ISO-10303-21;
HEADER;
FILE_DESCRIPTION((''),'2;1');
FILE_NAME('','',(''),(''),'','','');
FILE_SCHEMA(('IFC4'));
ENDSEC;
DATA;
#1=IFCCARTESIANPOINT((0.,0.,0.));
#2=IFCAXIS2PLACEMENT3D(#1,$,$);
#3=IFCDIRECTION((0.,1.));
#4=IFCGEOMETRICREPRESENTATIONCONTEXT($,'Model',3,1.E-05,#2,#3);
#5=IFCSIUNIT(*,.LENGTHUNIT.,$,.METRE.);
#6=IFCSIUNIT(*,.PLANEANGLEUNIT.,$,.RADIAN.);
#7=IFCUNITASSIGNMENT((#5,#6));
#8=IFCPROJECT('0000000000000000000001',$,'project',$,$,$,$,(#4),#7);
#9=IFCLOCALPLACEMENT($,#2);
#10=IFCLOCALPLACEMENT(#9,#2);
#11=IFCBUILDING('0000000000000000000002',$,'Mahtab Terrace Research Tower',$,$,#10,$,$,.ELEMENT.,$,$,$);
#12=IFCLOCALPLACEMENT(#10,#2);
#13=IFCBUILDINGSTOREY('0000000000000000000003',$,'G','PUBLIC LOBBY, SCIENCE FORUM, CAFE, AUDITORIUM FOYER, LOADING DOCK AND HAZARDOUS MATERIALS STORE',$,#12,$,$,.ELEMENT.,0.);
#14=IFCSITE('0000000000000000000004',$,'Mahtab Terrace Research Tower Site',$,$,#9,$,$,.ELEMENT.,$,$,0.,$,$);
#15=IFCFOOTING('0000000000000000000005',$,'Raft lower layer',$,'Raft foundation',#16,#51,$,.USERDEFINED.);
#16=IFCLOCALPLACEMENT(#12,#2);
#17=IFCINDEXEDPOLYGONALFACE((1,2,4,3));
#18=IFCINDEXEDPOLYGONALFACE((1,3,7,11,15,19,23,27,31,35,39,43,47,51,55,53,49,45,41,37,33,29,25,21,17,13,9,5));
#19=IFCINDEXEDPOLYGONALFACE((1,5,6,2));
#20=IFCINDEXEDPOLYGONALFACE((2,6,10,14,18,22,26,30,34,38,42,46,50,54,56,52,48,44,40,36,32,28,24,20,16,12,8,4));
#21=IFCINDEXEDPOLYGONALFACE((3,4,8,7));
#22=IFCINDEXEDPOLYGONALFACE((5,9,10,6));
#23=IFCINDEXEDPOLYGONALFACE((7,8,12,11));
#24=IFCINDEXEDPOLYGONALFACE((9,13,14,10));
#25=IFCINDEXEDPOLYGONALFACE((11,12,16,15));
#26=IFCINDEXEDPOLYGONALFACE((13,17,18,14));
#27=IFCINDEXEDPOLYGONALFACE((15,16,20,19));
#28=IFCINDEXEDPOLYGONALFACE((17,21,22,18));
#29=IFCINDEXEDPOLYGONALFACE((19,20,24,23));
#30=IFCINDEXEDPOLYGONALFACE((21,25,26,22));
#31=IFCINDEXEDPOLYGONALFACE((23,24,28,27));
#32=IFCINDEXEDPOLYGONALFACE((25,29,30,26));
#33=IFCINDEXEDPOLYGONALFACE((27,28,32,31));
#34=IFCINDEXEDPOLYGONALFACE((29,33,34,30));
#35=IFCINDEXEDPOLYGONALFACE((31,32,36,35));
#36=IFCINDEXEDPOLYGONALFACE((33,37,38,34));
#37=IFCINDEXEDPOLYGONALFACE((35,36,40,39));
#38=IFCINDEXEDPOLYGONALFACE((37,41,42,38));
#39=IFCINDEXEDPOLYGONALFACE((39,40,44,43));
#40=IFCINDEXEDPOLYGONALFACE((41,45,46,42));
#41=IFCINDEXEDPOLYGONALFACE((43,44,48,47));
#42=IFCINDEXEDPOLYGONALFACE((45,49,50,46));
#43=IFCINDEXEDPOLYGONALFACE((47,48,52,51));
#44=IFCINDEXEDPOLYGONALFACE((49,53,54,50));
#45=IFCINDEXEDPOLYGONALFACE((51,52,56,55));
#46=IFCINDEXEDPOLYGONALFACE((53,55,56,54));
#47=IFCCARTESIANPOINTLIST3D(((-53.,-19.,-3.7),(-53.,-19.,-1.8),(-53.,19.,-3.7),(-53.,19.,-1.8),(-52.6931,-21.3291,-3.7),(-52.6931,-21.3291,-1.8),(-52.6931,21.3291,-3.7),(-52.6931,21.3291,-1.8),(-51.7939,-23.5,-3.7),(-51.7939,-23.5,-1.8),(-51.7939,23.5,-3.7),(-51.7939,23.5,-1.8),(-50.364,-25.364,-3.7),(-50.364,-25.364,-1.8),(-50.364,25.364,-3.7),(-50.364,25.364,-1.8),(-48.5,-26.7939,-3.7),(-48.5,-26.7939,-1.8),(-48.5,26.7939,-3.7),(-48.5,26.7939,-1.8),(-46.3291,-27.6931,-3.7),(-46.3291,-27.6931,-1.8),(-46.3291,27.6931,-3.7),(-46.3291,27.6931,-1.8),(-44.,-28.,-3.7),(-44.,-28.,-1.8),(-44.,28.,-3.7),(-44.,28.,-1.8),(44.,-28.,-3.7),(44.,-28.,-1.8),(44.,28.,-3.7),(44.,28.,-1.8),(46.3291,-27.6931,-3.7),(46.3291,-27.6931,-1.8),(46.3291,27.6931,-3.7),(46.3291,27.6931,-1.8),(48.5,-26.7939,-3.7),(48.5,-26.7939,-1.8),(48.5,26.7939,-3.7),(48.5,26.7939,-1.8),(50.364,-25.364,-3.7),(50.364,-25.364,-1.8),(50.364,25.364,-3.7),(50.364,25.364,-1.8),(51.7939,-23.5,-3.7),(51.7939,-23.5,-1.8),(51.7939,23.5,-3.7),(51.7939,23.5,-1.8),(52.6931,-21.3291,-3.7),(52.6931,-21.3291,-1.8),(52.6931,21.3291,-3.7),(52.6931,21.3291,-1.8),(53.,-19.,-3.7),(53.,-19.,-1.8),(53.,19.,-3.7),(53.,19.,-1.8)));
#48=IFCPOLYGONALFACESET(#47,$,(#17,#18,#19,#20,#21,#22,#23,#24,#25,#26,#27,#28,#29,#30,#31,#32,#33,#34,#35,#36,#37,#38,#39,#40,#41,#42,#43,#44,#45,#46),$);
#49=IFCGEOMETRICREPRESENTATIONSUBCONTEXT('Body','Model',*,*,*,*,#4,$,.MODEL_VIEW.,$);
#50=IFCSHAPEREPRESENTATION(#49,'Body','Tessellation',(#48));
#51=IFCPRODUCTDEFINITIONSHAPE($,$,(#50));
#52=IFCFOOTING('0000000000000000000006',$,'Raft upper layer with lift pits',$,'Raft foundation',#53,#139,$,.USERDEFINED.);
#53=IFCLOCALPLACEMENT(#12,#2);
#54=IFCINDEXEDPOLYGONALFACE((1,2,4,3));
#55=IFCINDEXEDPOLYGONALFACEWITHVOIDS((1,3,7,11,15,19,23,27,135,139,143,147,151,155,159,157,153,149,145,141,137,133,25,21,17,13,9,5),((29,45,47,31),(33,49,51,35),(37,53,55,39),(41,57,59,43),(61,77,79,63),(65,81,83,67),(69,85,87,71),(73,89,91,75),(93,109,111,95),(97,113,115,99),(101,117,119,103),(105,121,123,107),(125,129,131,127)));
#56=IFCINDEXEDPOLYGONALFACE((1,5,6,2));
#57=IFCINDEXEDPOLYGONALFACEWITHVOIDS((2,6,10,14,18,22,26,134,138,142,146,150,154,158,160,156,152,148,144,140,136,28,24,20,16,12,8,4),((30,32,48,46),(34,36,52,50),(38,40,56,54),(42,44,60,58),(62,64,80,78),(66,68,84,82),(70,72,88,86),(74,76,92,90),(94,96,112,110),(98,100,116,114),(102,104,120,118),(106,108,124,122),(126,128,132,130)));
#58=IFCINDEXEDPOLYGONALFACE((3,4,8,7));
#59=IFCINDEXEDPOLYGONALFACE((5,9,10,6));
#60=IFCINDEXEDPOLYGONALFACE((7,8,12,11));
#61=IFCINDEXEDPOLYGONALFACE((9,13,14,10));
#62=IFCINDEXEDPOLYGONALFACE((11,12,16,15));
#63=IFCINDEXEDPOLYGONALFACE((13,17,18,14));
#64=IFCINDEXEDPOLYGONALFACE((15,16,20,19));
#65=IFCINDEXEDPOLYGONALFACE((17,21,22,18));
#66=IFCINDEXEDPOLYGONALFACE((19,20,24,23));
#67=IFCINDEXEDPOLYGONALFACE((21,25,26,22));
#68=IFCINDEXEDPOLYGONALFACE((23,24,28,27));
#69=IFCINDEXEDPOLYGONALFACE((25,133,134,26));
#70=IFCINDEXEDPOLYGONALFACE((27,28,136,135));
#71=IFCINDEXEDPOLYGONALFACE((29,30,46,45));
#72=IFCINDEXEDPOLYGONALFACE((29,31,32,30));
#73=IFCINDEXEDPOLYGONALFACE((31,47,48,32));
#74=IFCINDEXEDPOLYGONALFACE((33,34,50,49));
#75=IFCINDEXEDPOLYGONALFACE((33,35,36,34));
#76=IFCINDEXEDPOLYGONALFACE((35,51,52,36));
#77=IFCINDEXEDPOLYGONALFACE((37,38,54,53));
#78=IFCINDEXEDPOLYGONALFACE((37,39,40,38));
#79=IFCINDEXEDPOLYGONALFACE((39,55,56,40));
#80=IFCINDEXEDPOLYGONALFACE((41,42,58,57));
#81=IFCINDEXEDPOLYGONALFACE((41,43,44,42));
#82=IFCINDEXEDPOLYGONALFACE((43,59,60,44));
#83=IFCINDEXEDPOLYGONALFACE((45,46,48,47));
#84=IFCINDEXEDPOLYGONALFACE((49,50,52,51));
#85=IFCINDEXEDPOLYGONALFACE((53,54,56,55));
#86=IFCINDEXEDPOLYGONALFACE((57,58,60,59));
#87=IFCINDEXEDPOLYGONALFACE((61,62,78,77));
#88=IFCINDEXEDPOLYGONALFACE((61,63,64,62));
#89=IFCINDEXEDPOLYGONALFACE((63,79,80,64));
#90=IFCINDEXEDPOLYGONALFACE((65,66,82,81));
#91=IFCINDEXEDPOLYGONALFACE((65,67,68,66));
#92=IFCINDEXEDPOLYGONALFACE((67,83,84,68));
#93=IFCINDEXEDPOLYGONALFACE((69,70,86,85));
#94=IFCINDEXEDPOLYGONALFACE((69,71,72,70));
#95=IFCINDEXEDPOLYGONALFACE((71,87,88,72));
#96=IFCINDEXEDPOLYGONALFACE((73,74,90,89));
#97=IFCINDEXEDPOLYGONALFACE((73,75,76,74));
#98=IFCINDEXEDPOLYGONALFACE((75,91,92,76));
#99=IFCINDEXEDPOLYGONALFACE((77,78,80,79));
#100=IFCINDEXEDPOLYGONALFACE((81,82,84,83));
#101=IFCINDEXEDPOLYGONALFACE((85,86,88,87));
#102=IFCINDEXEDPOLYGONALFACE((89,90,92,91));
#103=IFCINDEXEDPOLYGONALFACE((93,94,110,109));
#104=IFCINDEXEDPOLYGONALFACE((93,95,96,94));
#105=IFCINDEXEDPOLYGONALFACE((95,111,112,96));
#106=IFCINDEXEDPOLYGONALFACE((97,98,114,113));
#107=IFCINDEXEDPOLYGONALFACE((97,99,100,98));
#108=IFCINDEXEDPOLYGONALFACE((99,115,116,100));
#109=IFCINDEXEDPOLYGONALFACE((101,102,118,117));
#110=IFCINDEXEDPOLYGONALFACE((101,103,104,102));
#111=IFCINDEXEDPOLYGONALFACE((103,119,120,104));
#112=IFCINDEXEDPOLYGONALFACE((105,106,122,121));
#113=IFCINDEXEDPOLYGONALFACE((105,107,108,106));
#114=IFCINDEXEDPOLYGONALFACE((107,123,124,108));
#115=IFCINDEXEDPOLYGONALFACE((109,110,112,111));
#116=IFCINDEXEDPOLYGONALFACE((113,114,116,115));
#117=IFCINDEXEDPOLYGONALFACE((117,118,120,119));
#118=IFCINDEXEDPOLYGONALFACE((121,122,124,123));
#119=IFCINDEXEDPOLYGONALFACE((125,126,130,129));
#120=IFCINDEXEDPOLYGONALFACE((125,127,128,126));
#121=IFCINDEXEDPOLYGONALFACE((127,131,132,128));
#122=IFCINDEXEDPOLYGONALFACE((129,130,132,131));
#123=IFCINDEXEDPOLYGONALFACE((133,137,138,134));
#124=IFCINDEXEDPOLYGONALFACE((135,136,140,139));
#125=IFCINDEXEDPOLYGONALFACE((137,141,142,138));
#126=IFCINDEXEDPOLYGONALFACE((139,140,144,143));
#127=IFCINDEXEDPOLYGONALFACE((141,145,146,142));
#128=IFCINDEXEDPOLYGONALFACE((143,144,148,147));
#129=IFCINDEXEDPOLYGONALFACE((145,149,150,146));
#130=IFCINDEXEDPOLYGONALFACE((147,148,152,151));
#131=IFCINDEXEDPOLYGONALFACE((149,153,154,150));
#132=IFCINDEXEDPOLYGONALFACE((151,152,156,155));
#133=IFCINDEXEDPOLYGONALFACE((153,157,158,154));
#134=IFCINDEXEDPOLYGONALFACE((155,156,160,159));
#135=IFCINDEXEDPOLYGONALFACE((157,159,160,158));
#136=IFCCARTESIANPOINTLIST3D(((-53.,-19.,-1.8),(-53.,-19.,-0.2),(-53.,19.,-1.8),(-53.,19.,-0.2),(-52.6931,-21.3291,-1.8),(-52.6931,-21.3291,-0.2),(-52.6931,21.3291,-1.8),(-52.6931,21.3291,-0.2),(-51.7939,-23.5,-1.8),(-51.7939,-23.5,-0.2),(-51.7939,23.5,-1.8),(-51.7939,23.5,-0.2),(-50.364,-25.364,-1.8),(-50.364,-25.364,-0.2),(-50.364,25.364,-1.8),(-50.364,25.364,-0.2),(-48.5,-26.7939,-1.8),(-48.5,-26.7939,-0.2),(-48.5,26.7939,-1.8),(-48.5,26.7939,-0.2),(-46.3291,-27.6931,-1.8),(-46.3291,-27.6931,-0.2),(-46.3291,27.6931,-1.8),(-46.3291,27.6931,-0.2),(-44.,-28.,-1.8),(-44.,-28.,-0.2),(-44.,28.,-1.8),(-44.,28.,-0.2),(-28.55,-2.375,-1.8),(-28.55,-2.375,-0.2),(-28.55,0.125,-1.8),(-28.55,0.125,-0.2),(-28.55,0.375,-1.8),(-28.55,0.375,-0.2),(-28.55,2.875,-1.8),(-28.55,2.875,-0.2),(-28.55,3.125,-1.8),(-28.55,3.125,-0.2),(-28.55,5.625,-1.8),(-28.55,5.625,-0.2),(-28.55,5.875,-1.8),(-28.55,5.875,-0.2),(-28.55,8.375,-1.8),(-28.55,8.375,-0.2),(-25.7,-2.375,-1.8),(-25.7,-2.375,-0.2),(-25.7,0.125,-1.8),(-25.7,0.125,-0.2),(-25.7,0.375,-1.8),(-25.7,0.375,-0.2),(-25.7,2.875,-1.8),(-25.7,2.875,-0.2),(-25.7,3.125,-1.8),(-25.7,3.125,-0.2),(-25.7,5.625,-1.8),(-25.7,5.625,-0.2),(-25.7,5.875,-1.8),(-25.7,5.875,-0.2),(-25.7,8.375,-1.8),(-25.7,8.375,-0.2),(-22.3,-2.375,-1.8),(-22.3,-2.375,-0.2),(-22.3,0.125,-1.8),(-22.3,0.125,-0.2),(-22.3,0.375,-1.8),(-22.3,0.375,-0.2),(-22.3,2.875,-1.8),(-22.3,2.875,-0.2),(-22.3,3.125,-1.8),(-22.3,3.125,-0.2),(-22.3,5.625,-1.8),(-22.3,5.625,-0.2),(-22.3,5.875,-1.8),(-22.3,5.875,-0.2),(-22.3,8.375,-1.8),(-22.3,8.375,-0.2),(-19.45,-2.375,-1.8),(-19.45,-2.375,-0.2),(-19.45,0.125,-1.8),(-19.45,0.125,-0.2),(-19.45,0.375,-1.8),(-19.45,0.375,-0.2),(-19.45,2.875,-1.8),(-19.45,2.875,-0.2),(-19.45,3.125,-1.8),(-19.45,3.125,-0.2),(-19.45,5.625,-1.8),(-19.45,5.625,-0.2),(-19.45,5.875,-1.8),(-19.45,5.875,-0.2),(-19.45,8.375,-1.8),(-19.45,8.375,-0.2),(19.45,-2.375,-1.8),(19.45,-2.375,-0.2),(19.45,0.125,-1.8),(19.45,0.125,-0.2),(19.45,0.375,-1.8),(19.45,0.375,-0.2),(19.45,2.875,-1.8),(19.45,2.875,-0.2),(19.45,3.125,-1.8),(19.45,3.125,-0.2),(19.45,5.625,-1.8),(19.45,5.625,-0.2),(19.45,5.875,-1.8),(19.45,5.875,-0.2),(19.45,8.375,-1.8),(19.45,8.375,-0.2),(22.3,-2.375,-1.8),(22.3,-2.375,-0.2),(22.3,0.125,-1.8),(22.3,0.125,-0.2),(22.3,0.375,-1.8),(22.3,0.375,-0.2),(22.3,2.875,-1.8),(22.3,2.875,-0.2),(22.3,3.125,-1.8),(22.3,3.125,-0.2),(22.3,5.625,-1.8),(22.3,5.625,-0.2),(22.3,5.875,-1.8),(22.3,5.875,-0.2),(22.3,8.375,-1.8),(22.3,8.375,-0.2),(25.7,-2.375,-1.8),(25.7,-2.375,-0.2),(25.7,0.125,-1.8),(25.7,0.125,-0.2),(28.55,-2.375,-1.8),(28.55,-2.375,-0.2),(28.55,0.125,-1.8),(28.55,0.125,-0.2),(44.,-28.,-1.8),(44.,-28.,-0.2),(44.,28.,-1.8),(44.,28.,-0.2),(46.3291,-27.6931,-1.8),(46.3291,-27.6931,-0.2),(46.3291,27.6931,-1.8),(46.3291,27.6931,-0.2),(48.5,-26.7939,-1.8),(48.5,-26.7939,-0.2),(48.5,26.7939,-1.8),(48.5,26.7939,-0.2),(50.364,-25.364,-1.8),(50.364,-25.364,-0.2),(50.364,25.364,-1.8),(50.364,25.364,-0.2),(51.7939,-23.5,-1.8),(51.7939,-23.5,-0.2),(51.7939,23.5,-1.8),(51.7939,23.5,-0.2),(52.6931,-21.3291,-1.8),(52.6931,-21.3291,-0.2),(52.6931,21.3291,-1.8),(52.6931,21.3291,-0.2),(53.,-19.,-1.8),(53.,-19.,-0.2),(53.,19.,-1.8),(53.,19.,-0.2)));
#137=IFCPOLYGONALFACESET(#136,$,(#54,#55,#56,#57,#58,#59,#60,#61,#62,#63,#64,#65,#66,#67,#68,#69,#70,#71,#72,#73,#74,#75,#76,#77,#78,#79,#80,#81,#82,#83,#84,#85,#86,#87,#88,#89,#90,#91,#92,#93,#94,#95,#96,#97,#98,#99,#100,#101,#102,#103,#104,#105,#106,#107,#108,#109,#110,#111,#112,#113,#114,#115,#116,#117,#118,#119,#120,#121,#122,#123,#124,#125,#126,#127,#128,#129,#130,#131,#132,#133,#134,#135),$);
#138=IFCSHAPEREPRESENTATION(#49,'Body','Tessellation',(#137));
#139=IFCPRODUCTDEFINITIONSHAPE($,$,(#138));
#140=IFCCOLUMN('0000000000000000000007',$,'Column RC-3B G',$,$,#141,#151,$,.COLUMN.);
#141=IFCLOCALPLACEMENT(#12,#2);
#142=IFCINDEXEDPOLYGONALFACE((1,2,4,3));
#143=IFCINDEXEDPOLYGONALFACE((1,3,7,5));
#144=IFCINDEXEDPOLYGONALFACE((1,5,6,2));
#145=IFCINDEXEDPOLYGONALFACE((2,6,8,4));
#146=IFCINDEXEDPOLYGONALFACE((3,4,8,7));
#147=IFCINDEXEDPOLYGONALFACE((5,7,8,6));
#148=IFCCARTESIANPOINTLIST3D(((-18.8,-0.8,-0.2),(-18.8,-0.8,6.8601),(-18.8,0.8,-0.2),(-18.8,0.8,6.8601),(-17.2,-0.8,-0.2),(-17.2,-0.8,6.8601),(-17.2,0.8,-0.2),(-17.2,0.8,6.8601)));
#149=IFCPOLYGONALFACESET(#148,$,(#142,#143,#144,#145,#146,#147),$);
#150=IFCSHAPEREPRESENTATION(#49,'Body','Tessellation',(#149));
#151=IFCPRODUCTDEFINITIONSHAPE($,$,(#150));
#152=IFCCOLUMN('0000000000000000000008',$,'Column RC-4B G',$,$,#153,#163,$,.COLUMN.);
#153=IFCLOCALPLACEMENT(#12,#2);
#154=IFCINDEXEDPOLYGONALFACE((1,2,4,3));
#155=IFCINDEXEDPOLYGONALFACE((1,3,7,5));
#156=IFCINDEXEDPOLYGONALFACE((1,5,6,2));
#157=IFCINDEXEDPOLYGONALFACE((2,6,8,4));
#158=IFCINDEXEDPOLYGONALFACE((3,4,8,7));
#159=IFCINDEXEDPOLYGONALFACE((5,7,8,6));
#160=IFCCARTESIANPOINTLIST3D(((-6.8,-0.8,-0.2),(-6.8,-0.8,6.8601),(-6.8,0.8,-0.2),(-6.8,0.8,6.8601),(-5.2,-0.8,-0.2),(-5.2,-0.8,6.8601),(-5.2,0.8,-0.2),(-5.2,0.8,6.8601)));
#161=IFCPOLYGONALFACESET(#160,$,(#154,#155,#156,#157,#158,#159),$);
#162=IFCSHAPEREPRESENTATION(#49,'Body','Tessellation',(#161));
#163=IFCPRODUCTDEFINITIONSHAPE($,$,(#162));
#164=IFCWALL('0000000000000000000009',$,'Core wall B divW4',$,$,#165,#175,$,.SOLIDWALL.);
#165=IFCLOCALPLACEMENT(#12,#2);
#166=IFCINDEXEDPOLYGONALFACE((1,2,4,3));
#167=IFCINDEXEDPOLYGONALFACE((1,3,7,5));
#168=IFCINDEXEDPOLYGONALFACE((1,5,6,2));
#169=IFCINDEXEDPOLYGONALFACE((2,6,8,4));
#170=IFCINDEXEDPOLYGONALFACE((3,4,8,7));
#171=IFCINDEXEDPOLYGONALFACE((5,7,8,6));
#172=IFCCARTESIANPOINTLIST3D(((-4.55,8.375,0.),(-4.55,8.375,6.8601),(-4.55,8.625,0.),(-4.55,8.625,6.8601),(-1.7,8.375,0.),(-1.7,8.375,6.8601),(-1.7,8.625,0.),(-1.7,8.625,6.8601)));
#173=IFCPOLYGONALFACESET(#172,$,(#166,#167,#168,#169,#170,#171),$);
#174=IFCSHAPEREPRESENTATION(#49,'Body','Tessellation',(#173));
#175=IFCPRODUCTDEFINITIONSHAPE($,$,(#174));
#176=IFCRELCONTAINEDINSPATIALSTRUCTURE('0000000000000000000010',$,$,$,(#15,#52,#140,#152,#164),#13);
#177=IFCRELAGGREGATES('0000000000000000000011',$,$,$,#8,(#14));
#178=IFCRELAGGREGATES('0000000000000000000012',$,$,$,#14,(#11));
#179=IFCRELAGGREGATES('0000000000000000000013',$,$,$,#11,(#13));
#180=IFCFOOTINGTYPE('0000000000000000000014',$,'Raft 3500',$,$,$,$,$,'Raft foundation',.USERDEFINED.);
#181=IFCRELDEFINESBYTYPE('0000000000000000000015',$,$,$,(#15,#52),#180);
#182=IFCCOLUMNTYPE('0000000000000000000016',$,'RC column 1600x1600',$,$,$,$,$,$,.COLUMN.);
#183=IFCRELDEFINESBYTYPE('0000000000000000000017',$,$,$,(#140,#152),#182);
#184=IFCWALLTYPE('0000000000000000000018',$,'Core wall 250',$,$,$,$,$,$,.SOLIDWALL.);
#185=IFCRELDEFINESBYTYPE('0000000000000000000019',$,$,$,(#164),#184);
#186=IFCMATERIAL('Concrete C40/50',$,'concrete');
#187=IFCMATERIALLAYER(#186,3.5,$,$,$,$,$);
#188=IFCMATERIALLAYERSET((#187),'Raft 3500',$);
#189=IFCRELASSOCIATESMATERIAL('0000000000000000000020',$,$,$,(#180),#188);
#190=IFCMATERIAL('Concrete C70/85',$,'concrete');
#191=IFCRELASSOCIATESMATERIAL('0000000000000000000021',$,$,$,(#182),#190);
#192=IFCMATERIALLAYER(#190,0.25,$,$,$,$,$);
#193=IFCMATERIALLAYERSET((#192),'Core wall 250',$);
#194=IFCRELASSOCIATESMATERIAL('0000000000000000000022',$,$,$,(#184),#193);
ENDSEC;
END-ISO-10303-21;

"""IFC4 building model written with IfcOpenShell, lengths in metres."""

from ifc_helpers import new_model, si_unit, direction, frame, frame_2d, origin, origin_2d, place, context, subcontext, project, spatial, polyline, rectangle, outline, extrude, material, layer, layer_set, material_profile, profile_set, type_object, element, save


model = new_model("IFC4")

# Units and contexts
model_context = context("Model", 3, precision=1e-05, world=origin(), true_north=direction((0.0, 1.0)))
body_context = subcontext(model_context, "Body", "Model", "MODEL_VIEW")
ifc_project = project(units=[si_unit("LENGTHUNIT", "METRE"), si_unit("PLANEANGLEUNIT", "RADIAN")], contexts=[model_context])

# Site, building, storey
site_placement = place(None, origin())
site = spatial("IfcSite", under=ifc_project, at=site_placement, Name="Mahtab Terrace Research Tower Site", CompositionType="ELEMENT", RefElevation=0.0)
building_placement = place(site_placement, origin())
building = spatial("IfcBuilding", under=site, at=building_placement, Name="Mahtab Terrace Research Tower", CompositionType="ELEMENT")
storey_placement = place(building_placement, origin())
storey = spatial("IfcBuildingStorey", under=building, at=storey_placement, Name="G", Description="PUBLIC LOBBY, SCIENCE FORUM, CAFE, AUDITORIUM FOYER, LOADING DOCK AND HAZARDOUS MATERIALS STORE", CompositionType="ELEMENT", Elevation=0.0)

# Shared definitions
ifc_material_1 = material(Name="Concrete C40/50", Category="concrete")

# Footings
ifc_layer_1 = layer(ifc_material_1, 3.5)
ifc_layer_set_1 = layer_set([ifc_layer_1], Name="Raft 3500")
footing_type_1 = type_object("IfcFootingType", Name="Raft 3500", ElementType="Raft foundation", PredefinedType="USERDEFINED", material=ifc_layer_set_1)
footing_1_placement = place(storey_placement, frame((0.0, 0.0, -3.7)))
element("IfcFooting", 1, at=footing_1_placement, inside=storey, type_object=footing_type_1, Name="Raft lower layer", ObjectType="Raft foundation", PredefinedType="USERDEFINED", context=body_context, shape_type="SweptSolid", body=[
    extrude(outline(polyline([(52.6931, 21.3291), (51.7939, 23.5), (50.364, 25.364), (48.5, 26.7939), (46.3291, 27.6931), (44.0, 28.0), (-44.0, 28.0), (-46.3291, 27.6931), (-48.5, 26.7939), (-50.364, 25.364), (-51.7939, 23.5), (-52.6931, 21.3291), (-53.0, 19.0), (-53.0, -19.0), (-52.6931, -21.3291), (-51.7939, -23.5), (-50.364, -25.364), (-48.5, -26.7939), (-46.3291, -27.6931), (-44.0, -28.0), (44.0, -28.0), (46.3291, -27.6931), (48.5, -26.7939), (50.364, -25.364), (51.7939, -23.5), (52.6931, -21.3291), (53.0, -19.0), (53.0, 19.0), (52.6931, 21.3291)])), origin(), (0.0, 0.0, 1.0), 1.8999),
])
footing_2_placement = place(storey_placement, frame((0.0, 0.0, -1.8)))
element("IfcFooting", 2, at=footing_2_placement, inside=storey, type_object=footing_type_1, Name="Raft upper layer with lift pits", ObjectType="Raft foundation", PredefinedType="USERDEFINED", context=body_context, shape_type="SweptSolid", body=[
    extrude(outline(polyline([(52.6931, 21.3291), (51.7939, 23.5), (50.364, 25.364), (48.5, 26.7939), (46.3291, 27.6931), (44.0, 28.0), (-44.0, 28.0), (-46.3291, 27.6931), (-48.5, 26.7939), (-50.364, 25.364), (-51.7939, 23.5), (-52.6931, 21.3291), (-53.0, 19.0), (-53.0, -19.0), (-52.6931, -21.3291), (-51.7939, -23.5), (-50.364, -25.364), (-48.5, -26.7939), (-46.3291, -27.6931), (-44.0, -28.0), (44.0, -28.0), (46.3291, -27.6931), (48.5, -26.7939), (50.364, -25.364), (51.7939, -23.5), (52.6931, -21.3291), (53.0, -19.0), (53.0, 19.0), (52.6931, 21.3291)]), holes=[polyline([(-28.55, -2.375), (-25.7, -2.375), (-25.7, 0.125), (-28.55, 0.125), (-28.55, -2.375)]), polyline([(-28.55, 0.375), (-25.7, 0.375), (-25.7, 2.875), (-28.55, 2.875), (-28.55, 0.375)]), polyline([(-28.55, 3.125), (-25.7, 3.125), (-25.7, 5.625), (-28.55, 5.625), (-28.55, 3.125)]), polyline([(-28.55, 5.875), (-25.7, 5.875), (-25.7, 8.375), (-28.55, 8.375), (-28.55, 5.875)]), polyline([(-22.3, -2.375), (-19.45, -2.375), (-19.45, 0.125), (-22.3, 0.125), (-22.3, -2.375)]), polyline([(-22.3, 0.375), (-19.45, 0.375), (-19.45, 2.875), (-22.3, 2.875), (-22.3, 0.375)]), polyline([(-22.3, 3.125), (-19.45, 3.125), (-19.45, 5.625), (-22.3, 5.625), (-22.3, 3.125)]), polyline([(-22.3, 5.875), (-19.45, 5.875), (-19.45, 8.375), (-22.3, 8.375), (-22.3, 5.875)]), polyline([(19.45, -2.375), (22.3, -2.375), (22.3, 0.125), (19.45, 0.125), (19.45, -2.375)]), polyline([(19.45, 0.375), (22.3, 0.375), (22.3, 2.875), (19.45, 2.875), (19.45, 0.375)]), polyline([(19.45, 3.125), (22.3, 3.125), (22.3, 5.625), (19.45, 5.625), (19.45, 3.125)]), polyline([(19.45, 5.875), (22.3, 5.875), (22.3, 8.375), (19.45, 8.375), (19.45, 5.875)]), polyline([(25.7, -2.375), (28.55, -2.375), (28.55, 0.125), (25.7, 0.125), (25.7, -2.375)])]), origin(), (0.0, 0.0, 1.0), 1.6001),
])

# Columns
ifc_material_2 = material(Name="Concrete C70/85", Category="concrete")
ifc_material_profile_1 = material_profile(ifc_material_2, rectangle(XDim=1.6001, YDim=1.6001, at=origin_2d()), Name="RC column 1600x1600")
ifc_profile_set_1 = profile_set([ifc_material_profile_1], Name="Concrete C70/85")
column_type = type_object("IfcColumnType", Name="RC column 1600x1600", PredefinedType="COLUMN", material=ifc_profile_set_1)
for number, where, z_axis, x_axis, name in (
    (3, (-18.0, 0.0, -0.2), (0.0, 0.0, 1.0), (1.0, 0.0, 0.0), "Column RC-3B G"),
    (4, (-6.0, 0.0, -0.2), (0.0, 0.0, 1.0), (1.0, 0.0, 0.0), "Column RC-4B G"),
):
    element("IfcColumn", number, at=place(storey_placement, frame(where, z_axis=z_axis, x_axis=x_axis)), inside=storey, type_object=column_type, Name=name, PredefinedType="COLUMN", context=body_context, shape_type="SweptSolid", body=[
        extrude(rectangle(XDim=1.6001, YDim=1.6001, at=origin_2d()), origin(), (0.0, 0.0, 1.0), 7.0601),
    ])

# Wall
ifc_layer_2 = layer(ifc_material_2, 0.25)
ifc_layer_set_2 = layer_set([ifc_layer_2], Name="Core wall 250")
wall_type = type_object("IfcWallType", Name="Core wall 250", PredefinedType="SOLIDWALL", material=ifc_layer_set_2)
wall_placement = place(storey_placement, frame((-4.55, 8.5, 0.0), z_axis=(0.0, 0.0, 1.0), x_axis=(1.0, 0.0, 0.0)))
element("IfcWall", 5, at=wall_placement, inside=storey, type_object=wall_type, Name="Core wall B divW4", PredefinedType="SOLIDWALL", context=body_context, shape_type="SweptSolid", body=[
    extrude(rectangle(XDim=2.8501, YDim=0.25, at=frame_2d((1.425, 0.0))), origin(), (0.0, 0.0, 1.0), 6.8601),
])

save(model, "model.ifc")
